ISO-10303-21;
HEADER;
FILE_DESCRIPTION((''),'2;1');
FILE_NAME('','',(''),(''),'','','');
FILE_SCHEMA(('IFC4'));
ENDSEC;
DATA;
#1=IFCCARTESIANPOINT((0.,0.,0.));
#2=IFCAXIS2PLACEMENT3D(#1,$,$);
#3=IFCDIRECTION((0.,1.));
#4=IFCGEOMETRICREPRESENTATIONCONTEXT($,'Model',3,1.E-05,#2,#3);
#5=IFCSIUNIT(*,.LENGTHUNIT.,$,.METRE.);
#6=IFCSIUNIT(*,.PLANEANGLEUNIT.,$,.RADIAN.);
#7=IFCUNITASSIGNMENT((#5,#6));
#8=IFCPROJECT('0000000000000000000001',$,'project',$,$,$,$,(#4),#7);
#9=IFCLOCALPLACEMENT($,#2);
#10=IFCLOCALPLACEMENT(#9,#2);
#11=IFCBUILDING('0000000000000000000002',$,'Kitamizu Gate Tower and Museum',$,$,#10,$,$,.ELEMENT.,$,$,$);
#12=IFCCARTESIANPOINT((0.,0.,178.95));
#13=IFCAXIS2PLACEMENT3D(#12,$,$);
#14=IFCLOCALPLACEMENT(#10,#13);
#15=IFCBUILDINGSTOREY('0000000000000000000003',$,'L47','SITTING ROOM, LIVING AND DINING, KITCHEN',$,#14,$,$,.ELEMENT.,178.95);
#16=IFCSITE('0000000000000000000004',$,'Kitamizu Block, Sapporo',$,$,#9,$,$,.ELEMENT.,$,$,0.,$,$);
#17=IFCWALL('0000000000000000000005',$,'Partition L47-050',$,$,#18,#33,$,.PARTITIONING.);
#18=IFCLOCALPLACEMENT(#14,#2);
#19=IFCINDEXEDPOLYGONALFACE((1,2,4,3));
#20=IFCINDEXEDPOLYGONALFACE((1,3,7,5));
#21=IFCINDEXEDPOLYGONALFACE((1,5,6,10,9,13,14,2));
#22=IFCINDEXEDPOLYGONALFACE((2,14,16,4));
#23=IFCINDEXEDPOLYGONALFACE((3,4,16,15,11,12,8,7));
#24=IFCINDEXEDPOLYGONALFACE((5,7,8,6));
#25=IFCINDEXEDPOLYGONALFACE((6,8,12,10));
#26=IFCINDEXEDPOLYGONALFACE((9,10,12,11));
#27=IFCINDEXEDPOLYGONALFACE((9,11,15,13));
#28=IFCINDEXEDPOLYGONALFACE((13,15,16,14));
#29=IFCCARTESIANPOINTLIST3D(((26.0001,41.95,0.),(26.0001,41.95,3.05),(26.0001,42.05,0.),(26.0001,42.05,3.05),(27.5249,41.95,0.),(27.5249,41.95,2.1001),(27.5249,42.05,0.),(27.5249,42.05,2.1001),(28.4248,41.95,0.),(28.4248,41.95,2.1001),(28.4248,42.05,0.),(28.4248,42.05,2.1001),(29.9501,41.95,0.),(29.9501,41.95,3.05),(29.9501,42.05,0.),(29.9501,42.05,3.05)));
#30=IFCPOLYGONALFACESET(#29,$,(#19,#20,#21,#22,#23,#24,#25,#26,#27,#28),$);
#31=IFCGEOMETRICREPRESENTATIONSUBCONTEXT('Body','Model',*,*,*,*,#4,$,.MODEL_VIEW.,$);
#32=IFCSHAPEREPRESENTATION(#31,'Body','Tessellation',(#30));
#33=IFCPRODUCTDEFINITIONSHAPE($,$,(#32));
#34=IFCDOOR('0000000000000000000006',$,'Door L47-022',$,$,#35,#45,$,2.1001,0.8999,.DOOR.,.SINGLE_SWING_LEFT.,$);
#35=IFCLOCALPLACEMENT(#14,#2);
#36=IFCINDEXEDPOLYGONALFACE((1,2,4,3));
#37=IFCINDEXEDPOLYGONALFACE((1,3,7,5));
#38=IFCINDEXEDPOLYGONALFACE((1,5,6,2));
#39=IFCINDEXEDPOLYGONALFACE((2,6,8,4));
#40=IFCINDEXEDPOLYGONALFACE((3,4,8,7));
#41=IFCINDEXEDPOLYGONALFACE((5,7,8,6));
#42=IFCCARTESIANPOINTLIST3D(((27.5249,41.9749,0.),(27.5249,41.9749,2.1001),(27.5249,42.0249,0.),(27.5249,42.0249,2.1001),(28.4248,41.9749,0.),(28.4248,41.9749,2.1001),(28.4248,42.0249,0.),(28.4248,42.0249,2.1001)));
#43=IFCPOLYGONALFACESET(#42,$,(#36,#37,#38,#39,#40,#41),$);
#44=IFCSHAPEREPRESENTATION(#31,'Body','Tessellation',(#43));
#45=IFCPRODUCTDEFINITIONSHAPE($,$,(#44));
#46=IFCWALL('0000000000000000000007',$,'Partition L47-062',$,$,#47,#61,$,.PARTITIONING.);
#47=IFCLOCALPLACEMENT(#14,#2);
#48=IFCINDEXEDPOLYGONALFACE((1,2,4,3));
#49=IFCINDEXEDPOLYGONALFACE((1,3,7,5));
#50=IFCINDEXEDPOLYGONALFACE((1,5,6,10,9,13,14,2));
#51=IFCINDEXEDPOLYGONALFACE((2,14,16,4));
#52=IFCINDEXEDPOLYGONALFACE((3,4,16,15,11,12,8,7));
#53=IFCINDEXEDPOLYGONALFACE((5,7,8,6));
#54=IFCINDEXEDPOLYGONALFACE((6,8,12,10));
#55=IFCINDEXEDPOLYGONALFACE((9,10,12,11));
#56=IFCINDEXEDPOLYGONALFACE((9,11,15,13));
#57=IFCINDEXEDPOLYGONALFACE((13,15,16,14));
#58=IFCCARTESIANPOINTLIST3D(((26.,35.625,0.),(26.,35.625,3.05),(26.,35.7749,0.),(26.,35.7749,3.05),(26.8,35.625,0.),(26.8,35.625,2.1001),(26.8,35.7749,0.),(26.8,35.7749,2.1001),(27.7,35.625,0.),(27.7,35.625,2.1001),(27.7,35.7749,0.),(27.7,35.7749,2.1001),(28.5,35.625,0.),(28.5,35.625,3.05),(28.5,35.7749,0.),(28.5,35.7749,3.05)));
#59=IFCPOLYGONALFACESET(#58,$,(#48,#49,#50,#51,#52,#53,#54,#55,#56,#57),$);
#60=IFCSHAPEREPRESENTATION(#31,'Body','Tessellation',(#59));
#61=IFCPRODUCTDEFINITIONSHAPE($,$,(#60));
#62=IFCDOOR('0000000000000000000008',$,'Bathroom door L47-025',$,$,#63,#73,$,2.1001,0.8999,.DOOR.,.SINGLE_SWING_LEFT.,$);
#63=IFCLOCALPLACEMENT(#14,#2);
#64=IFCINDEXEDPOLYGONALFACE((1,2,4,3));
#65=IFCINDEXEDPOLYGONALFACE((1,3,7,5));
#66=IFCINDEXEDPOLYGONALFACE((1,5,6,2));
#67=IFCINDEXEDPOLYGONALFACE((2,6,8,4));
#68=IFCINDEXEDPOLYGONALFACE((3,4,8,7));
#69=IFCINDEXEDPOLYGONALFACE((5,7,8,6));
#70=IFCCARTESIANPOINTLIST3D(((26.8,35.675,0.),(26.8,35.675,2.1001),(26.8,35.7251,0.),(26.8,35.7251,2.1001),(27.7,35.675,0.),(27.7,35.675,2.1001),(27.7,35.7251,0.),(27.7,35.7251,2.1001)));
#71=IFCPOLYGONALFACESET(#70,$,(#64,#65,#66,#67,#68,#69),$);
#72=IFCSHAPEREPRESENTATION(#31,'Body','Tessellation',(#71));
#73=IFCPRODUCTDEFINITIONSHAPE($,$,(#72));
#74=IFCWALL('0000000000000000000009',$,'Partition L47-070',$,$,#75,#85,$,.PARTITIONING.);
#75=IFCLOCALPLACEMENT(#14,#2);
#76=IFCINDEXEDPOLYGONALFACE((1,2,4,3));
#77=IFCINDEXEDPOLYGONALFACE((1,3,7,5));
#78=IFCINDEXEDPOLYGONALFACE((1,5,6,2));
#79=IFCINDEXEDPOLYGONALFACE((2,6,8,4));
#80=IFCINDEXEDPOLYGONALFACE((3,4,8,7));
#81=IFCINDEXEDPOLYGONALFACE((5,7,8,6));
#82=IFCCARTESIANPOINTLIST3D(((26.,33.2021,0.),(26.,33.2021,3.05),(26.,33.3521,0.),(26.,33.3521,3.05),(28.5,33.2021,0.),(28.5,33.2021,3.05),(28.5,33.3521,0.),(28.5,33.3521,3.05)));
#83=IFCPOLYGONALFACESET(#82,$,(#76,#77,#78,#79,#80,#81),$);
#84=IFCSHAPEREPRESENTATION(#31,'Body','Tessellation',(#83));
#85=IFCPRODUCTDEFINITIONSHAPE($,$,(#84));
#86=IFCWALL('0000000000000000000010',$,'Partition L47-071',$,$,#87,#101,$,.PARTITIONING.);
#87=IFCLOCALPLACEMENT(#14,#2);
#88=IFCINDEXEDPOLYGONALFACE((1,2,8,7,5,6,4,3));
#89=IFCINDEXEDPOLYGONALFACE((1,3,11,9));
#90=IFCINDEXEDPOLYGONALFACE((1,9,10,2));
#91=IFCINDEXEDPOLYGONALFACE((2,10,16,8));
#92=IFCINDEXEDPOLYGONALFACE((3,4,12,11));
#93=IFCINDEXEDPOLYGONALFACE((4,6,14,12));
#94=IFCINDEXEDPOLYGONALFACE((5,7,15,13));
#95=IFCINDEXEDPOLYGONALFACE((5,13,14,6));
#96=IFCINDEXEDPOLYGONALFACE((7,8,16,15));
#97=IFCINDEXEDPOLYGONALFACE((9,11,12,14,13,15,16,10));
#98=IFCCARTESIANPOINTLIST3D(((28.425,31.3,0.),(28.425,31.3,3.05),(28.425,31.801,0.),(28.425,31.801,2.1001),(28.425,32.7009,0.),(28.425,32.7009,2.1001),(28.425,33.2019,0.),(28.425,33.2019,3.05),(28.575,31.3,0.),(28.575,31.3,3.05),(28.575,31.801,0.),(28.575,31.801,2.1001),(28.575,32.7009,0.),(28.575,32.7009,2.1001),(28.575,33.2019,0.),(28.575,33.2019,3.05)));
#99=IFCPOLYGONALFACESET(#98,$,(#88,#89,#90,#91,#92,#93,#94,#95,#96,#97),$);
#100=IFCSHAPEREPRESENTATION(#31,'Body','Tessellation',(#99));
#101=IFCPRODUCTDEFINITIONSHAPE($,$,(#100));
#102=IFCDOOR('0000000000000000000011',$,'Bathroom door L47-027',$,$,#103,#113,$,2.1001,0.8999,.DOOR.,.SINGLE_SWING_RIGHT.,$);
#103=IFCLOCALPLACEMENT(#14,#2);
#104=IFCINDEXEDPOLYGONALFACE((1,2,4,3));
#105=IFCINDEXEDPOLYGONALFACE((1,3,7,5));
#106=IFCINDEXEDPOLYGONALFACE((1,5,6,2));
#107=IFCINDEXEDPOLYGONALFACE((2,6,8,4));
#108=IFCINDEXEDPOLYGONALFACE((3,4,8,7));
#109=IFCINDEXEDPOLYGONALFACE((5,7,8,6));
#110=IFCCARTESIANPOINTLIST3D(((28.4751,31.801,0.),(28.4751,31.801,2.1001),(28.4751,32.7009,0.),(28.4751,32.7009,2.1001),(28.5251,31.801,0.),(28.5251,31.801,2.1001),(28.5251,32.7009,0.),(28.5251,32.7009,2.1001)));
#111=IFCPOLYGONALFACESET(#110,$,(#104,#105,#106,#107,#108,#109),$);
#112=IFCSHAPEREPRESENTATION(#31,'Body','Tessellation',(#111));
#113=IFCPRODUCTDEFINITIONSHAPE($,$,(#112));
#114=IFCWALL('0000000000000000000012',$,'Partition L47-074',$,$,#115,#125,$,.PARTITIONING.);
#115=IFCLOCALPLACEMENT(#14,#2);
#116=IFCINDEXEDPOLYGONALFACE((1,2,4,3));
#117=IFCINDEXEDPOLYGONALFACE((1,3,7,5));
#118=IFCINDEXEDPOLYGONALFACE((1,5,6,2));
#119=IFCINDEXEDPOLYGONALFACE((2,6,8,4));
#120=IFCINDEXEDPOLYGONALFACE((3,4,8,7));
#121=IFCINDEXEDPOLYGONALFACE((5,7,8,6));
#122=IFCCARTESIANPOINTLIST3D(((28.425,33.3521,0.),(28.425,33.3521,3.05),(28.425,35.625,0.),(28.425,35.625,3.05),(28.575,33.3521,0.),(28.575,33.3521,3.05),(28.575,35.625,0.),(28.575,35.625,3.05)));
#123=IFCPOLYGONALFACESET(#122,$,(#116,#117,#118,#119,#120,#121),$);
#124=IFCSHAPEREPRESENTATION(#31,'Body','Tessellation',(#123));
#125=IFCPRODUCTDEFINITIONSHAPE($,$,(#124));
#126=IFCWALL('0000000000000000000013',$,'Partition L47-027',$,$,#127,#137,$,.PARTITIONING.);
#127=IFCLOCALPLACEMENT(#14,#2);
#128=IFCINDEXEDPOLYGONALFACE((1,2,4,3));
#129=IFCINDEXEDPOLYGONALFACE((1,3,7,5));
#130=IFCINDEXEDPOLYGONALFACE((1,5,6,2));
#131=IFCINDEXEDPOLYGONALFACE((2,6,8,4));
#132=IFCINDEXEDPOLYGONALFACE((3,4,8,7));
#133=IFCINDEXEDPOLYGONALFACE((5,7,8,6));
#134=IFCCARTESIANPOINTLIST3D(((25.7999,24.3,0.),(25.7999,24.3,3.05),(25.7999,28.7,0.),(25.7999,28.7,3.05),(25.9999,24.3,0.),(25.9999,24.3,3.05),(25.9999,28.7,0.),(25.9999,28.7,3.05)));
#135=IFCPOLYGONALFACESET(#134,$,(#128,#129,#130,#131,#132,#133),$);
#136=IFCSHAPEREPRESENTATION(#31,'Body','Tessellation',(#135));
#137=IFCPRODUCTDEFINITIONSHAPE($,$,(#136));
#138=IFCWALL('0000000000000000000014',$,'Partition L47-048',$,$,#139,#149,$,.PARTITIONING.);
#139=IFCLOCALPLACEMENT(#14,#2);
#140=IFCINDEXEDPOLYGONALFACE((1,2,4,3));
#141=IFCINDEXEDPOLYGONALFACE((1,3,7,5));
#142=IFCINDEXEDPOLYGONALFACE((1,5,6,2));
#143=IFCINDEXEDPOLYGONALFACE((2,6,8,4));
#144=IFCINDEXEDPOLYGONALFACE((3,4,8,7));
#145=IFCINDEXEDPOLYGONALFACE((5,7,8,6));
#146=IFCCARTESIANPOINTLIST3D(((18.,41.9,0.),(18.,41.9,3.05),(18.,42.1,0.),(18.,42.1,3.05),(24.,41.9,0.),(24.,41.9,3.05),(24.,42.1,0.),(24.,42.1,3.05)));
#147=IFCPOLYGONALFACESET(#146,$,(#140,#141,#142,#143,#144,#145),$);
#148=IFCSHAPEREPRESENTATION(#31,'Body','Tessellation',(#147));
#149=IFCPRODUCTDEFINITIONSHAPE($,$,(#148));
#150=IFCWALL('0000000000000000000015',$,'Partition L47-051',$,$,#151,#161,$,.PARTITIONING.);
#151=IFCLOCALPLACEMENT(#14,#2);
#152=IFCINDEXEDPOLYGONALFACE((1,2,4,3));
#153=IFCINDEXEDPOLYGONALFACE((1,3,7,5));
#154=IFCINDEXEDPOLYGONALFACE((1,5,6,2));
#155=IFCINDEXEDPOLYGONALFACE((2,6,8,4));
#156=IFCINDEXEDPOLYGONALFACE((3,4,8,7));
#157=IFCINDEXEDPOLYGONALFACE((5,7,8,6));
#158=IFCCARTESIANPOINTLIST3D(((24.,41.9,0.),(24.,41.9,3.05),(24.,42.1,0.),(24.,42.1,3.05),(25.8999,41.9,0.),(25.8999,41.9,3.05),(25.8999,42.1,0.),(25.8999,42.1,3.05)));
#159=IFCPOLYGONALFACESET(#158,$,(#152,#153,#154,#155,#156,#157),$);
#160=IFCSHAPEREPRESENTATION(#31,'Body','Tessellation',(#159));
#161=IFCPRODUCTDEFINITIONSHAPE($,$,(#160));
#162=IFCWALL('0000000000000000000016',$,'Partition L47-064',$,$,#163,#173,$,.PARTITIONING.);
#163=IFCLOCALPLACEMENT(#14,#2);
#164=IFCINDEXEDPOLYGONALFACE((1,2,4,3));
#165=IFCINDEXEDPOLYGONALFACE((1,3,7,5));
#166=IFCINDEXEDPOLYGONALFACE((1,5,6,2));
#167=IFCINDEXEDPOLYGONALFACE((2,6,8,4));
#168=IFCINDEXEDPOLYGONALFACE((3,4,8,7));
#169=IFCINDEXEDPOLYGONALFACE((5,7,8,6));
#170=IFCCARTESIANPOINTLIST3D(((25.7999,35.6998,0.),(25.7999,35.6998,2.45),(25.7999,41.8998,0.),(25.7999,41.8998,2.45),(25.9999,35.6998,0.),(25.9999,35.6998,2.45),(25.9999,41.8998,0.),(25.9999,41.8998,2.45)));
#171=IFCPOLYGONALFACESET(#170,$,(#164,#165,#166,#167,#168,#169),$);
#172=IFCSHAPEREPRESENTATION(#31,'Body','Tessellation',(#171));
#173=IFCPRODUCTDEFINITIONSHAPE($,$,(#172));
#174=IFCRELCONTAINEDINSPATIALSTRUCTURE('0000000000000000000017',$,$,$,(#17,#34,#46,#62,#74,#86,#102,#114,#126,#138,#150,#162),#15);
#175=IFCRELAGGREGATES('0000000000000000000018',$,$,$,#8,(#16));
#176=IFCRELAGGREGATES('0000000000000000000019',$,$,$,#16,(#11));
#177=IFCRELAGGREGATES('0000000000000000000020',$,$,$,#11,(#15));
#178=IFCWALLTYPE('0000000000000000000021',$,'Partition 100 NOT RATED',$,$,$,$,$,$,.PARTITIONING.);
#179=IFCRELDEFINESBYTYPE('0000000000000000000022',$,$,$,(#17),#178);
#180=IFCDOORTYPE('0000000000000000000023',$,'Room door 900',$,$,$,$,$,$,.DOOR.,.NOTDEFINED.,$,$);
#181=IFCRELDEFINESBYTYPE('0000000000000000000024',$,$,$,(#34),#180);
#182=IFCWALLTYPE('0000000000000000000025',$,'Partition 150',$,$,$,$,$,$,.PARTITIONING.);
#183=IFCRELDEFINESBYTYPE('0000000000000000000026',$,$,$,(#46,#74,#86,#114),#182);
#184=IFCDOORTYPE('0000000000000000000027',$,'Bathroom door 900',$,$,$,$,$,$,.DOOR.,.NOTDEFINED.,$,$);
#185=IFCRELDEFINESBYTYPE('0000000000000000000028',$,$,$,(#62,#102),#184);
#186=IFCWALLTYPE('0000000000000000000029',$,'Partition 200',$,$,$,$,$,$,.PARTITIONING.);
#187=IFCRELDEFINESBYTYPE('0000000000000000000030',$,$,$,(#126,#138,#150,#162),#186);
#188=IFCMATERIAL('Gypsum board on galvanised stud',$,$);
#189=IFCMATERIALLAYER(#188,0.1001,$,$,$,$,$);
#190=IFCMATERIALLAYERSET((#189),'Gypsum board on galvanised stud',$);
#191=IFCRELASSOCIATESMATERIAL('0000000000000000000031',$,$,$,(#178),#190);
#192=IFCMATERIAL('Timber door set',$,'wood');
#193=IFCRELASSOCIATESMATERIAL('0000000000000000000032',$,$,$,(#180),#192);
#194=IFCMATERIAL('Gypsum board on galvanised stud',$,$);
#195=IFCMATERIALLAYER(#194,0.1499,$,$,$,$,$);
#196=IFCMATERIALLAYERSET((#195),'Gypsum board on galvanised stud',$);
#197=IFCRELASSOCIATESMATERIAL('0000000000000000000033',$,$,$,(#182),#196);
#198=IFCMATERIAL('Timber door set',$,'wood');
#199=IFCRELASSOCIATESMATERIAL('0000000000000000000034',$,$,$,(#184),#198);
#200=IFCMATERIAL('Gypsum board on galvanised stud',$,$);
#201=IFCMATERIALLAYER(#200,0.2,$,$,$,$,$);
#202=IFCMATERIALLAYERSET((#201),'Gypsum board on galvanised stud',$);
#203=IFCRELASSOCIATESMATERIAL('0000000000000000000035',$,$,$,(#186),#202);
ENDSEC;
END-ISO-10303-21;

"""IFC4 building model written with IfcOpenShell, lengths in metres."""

from ifc_helpers import new_model, si_unit, direction, frame, frame_2d, origin, place, context, subcontext, project, spatial, rectangle, extrude, material, layer, layer_set, type_object, element, fill, save


model = new_model("IFC4")

# Units and contexts
model_context = context("Model", 3, precision=1e-05, world=origin(), true_north=direction((0.0, 1.0)))
body_context = subcontext(model_context, "Body", "Model", "MODEL_VIEW")
ifc_project = project(units=[si_unit("LENGTHUNIT", "METRE"), si_unit("PLANEANGLEUNIT", "RADIAN")], contexts=[model_context])

# Site, building, storey
site_placement = place(None, origin())
site = spatial("IfcSite", under=ifc_project, at=site_placement, Name="Kitamizu Block, Sapporo", CompositionType="ELEMENT", RefElevation=0.0)
building_placement = place(site_placement, origin())
building = spatial("IfcBuilding", under=site, at=building_placement, Name="Kitamizu Gate Tower and Museum", CompositionType="ELEMENT")
storey_placement = place(building_placement, frame((0.0, 0.0, 178.95)))
storey = spatial("IfcBuildingStorey", under=building, at=storey_placement, Name="L47", Description="SITTING ROOM, LIVING AND DINING, KITCHEN", CompositionType="ELEMENT", Elevation=178.95)

# Walls, openings, doors
ifc_material_1 = material(Name="Gypsum board on galvanised stud")
ifc_layer_1 = layer(ifc_material_1, 0.1001)
ifc_layer_set_1 = layer_set([ifc_layer_1], Name="Gypsum board on galvanised stud")
wall_type_1 = type_object("IfcWallType", Name="Partition 100 NOT RATED", PredefinedType="PARTITIONING", material=ifc_layer_set_1)
ifc_material_2 = material(Name="Timber door set", Category="wood")
door_type_1 = type_object("IfcDoorType", Name="Room door 900", OperationType="NOTDEFINED", PredefinedType="DOOR", material=ifc_material_2)
wall_1_placement = place(storey_placement, frame((26.0, 42.0, 0.0), z_axis=(0.0, 0.0, 1.0), x_axis=(1.0, 0.0, 0.0)))
wall_1 = element("IfcWall", 1, at=wall_1_placement, inside=storey, type_object=wall_type_1, Name="Partition L47-050", PredefinedType="PARTITIONING", context=body_context, shape_type="SweptSolid", body=[
    extrude(rectangle(XDim=3.95, YDim=0.1001, at=frame_2d((1.9751, 0.0))), origin(), (0.0, 0.0, 1.0), 3.05),
])
opening_1_placement = place(wall_1_placement, frame((1.5249, 0.0, 0.0)))
opening_1 = element("IfcOpeningElement", 2, at=opening_1_placement, cuts=wall_1, PredefinedType="OPENING", context=body_context, shape_type="SweptSolid", body=[
    extrude(rectangle(XDim=0.8999, YDim=2.1001, at=frame_2d((0.45, 1.05))), frame((0.0, 0.0601, 0.0), z_axis=(0.0, -1.0, 0.0), x_axis=(1.0, 0.0, 0.0)), (0.0, 0.0, 1.0), 0.1201),
])
door_1_placement = place(opening_1_placement, origin())
door_1 = element("IfcDoor", 3, at=door_1_placement, inside=storey, type_object=door_type_1, Name="Door L47-022", OperationType="SINGLE_SWING_LEFT", OverallHeight=2.1001, OverallWidth=0.8999, PredefinedType="DOOR", context=body_context, shape_type="SweptSolid", body=[
    extrude(rectangle(XDim=0.8999, YDim=2.1001, at=frame_2d((0.45, 1.05))), frame((0.0, 0.0249, 0.0), z_axis=(0.0, -1.0, 0.0), x_axis=(1.0, 0.0, 0.0)), (0.0, 0.0, 1.0), 0.05),
])
fill(opening_1, door_1)
ifc_material_3 = material(Name="Gypsum board on galvanised stud")
ifc_layer_2 = layer(ifc_material_3, 0.1499)
ifc_layer_set_2 = layer_set([ifc_layer_2], Name="Gypsum board on galvanised stud")
wall_type_2 = type_object("IfcWallType", Name="Partition 150", PredefinedType="PARTITIONING", material=ifc_layer_set_2)
wall_2_placement = place(storey_placement, frame((26.0, 35.7, 0.0), z_axis=(0.0, 0.0, 1.0), x_axis=(1.0, 0.0, 0.0)))
wall_2 = element("IfcWall", 4, at=wall_2_placement, inside=storey, type_object=wall_type_2, Name="Partition L47-062", PredefinedType="PARTITIONING", context=body_context, shape_type="SweptSolid", body=[
    extrude(rectangle(XDim=2.5, YDim=0.1499, at=frame_2d((1.25, 0.0))), origin(), (0.0, 0.0, 1.0), 3.05),
])
opening_2_placement = place(wall_2_placement, frame((0.8, 0.0, 0.0)))
opening_2 = element("IfcOpeningElement", 5, at=opening_2_placement, cuts=wall_2, PredefinedType="OPENING", context=body_context, shape_type="SweptSolid", body=[
    extrude(rectangle(XDim=0.8999, YDim=2.1001, at=frame_2d((0.45, 1.05))), frame((0.0, 0.085, 0.0), z_axis=(0.0, -1.0, 0.0), x_axis=(1.0, 0.0, 0.0)), (0.0, 0.0, 1.0), 0.1699),
])
ifc_material_4 = material(Name="Timber door set", Category="wood")
door_type_2 = type_object("IfcDoorType", Name="Bathroom door 900", OperationType="NOTDEFINED", PredefinedType="DOOR", material=ifc_material_4)
door_2_placement = place(opening_2_placement, frame((0.8999, 0.0, 0.0), x_axis=(-1.0, 0.0, 0.0)))
door_2 = element("IfcDoor", 6, at=door_2_placement, inside=storey, type_object=door_type_2, Name="Bathroom door L47-025", OperationType="SINGLE_SWING_LEFT", OverallHeight=2.1001, OverallWidth=0.8999, PredefinedType="DOOR", context=body_context, shape_type="SweptSolid", body=[
    extrude(rectangle(XDim=0.8999, YDim=2.1001, at=frame_2d((0.45, 1.05))), frame((0.0, 0.0249, 0.0), z_axis=(0.0, -1.0, 0.0), x_axis=(1.0, 0.0, 0.0)), (0.0, 0.0, 1.0), 0.05),
])
fill(opening_2, door_2)

# Wall
wall_3_placement = place(storey_placement, frame((28.5, 33.2771, 0.0), z_axis=(0.0, 0.0, 1.0), x_axis=(-1.0, 0.0, 0.0)))
element("IfcWall", 7, at=wall_3_placement, inside=storey, type_object=wall_type_2, Name="Partition L47-070", PredefinedType="PARTITIONING", context=body_context, shape_type="SweptSolid", body=[
    extrude(rectangle(XDim=2.5, YDim=0.1499, at=frame_2d((1.25, 0.0))), origin(), (0.0, 0.0, 1.0), 3.05),
])

# Wall, opening, door
wall_4_placement = place(storey_placement, frame((28.5, 31.3, 0.0), z_axis=(0.0, 0.0, 1.0), x_axis=(0.0, 1.0, 0.0)))
wall_4 = element("IfcWall", 8, at=wall_4_placement, inside=storey, type_object=wall_type_2, Name="Partition L47-071", PredefinedType="PARTITIONING", context=body_context, shape_type="SweptSolid", body=[
    extrude(rectangle(XDim=1.9019, YDim=0.1499, at=frame_2d((0.9509, 0.0))), origin(), (0.0, 0.0, 1.0), 3.05),
])
opening_3_placement = place(wall_4_placement, frame((0.501, 0.0, 0.0)))
opening_3 = element("IfcOpeningElement", 9, at=opening_3_placement, cuts=wall_4, PredefinedType="OPENING", context=body_context, shape_type="SweptSolid", body=[
    extrude(rectangle(XDim=0.8999, YDim=2.1001, at=frame_2d((0.45, 1.05))), frame((0.0, 0.085, 0.0), z_axis=(0.0, -1.0, 0.0), x_axis=(1.0, 0.0, 0.0)), (0.0, 0.0, 1.0), 0.1699),
])
door_3_placement = place(opening_3_placement, origin())
door_3 = element("IfcDoor", 10, at=door_3_placement, inside=storey, type_object=door_type_2, Name="Bathroom door L47-027", OperationType="SINGLE_SWING_RIGHT", OverallHeight=2.1001, OverallWidth=0.8999, PredefinedType="DOOR", context=body_context, shape_type="SweptSolid", body=[
    extrude(rectangle(XDim=0.8999, YDim=2.1001, at=frame_2d((0.45, 1.05))), frame((0.0, 0.0249, 0.0), z_axis=(0.0, -1.0, 0.0), x_axis=(1.0, 0.0, 0.0)), (0.0, 0.0, 1.0), 0.05),
])
fill(opening_3, door_3)

# Walls
wall_5_placement = place(storey_placement, frame((28.5, 33.3521, 0.0), z_axis=(0.0, 0.0, 1.0), x_axis=(0.0, 1.0, 0.0)))
element("IfcWall", 11, at=wall_5_placement, inside=storey, type_object=wall_type_2, Name="Partition L47-074", PredefinedType="PARTITIONING", context=body_context, shape_type="SweptSolid", body=[
    extrude(rectangle(XDim=2.2729, YDim=0.1499, at=frame_2d((1.1365, 0.0))), origin(), (0.0, 0.0, 1.0), 3.05),
])
ifc_material_5 = material(Name="Gypsum board on galvanised stud")
ifc_layer_3 = layer(ifc_material_5, 0.2)
ifc_layer_set_3 = layer_set([ifc_layer_3], Name="Gypsum board on galvanised stud")
wall_type_3 = type_object("IfcWallType", Name="Partition 200", PredefinedType="PARTITIONING", material=ifc_layer_set_3)
wall_6_placement = place(storey_placement, frame((25.8999, 28.7, 0.0), z_axis=(0.0, 0.0, 1.0), x_axis=(0.0, -1.0, 0.0)))
element("IfcWall", 12, at=wall_6_placement, inside=storey, type_object=wall_type_3, Name="Partition L47-027", PredefinedType="PARTITIONING", context=body_context, shape_type="SweptSolid", body=[
    extrude(rectangle(XDim=4.3999, YDim=0.2, at=frame_2d((2.2, 0.0))), origin(), (0.0, 0.0, 1.0), 3.05),
])
wall_7_placement = place(storey_placement, frame((18.0, 42.0, 0.0), z_axis=(0.0, 0.0, 1.0), x_axis=(1.0, 0.0, 0.0)))
element("IfcWall", 13, at=wall_7_placement, inside=storey, type_object=wall_type_3, Name="Partition L47-048", PredefinedType="PARTITIONING", context=body_context, shape_type="SweptSolid", body=[
    extrude(rectangle(XDim=6.0, YDim=0.2, at=frame_2d((3.0, 0.0))), origin(), (0.0, 0.0, 1.0), 3.05),
])
wall_8_placement = place(storey_placement, frame((24.0, 42.0, 0.0), z_axis=(0.0, 0.0, 1.0), x_axis=(1.0, 0.0, 0.0)))
element("IfcWall", 14, at=wall_8_placement, inside=storey, type_object=wall_type_3, Name="Partition L47-051", PredefinedType="PARTITIONING", context=body_context, shape_type="SweptSolid", body=[
    extrude(rectangle(XDim=1.8999, YDim=0.2, at=frame_2d((0.95, 0.0))), origin(), (0.0, 0.0, 1.0), 3.05),
])
wall_9_placement = place(storey_placement, frame((25.8999, 41.8999, 0.0), z_axis=(0.0, 0.0, 1.0), x_axis=(0.0, -1.0, 0.0)))
element("IfcWall", 15, at=wall_9_placement, inside=storey, type_object=wall_type_3, Name="Partition L47-064", PredefinedType="PARTITIONING", context=body_context, shape_type="SweptSolid", body=[
    extrude(rectangle(XDim=6.2, YDim=0.2, at=frame_2d((3.1001, 0.0))), origin(), (0.0, 0.0, 1.0), 2.45),
])

save(model, "model.ifc")
